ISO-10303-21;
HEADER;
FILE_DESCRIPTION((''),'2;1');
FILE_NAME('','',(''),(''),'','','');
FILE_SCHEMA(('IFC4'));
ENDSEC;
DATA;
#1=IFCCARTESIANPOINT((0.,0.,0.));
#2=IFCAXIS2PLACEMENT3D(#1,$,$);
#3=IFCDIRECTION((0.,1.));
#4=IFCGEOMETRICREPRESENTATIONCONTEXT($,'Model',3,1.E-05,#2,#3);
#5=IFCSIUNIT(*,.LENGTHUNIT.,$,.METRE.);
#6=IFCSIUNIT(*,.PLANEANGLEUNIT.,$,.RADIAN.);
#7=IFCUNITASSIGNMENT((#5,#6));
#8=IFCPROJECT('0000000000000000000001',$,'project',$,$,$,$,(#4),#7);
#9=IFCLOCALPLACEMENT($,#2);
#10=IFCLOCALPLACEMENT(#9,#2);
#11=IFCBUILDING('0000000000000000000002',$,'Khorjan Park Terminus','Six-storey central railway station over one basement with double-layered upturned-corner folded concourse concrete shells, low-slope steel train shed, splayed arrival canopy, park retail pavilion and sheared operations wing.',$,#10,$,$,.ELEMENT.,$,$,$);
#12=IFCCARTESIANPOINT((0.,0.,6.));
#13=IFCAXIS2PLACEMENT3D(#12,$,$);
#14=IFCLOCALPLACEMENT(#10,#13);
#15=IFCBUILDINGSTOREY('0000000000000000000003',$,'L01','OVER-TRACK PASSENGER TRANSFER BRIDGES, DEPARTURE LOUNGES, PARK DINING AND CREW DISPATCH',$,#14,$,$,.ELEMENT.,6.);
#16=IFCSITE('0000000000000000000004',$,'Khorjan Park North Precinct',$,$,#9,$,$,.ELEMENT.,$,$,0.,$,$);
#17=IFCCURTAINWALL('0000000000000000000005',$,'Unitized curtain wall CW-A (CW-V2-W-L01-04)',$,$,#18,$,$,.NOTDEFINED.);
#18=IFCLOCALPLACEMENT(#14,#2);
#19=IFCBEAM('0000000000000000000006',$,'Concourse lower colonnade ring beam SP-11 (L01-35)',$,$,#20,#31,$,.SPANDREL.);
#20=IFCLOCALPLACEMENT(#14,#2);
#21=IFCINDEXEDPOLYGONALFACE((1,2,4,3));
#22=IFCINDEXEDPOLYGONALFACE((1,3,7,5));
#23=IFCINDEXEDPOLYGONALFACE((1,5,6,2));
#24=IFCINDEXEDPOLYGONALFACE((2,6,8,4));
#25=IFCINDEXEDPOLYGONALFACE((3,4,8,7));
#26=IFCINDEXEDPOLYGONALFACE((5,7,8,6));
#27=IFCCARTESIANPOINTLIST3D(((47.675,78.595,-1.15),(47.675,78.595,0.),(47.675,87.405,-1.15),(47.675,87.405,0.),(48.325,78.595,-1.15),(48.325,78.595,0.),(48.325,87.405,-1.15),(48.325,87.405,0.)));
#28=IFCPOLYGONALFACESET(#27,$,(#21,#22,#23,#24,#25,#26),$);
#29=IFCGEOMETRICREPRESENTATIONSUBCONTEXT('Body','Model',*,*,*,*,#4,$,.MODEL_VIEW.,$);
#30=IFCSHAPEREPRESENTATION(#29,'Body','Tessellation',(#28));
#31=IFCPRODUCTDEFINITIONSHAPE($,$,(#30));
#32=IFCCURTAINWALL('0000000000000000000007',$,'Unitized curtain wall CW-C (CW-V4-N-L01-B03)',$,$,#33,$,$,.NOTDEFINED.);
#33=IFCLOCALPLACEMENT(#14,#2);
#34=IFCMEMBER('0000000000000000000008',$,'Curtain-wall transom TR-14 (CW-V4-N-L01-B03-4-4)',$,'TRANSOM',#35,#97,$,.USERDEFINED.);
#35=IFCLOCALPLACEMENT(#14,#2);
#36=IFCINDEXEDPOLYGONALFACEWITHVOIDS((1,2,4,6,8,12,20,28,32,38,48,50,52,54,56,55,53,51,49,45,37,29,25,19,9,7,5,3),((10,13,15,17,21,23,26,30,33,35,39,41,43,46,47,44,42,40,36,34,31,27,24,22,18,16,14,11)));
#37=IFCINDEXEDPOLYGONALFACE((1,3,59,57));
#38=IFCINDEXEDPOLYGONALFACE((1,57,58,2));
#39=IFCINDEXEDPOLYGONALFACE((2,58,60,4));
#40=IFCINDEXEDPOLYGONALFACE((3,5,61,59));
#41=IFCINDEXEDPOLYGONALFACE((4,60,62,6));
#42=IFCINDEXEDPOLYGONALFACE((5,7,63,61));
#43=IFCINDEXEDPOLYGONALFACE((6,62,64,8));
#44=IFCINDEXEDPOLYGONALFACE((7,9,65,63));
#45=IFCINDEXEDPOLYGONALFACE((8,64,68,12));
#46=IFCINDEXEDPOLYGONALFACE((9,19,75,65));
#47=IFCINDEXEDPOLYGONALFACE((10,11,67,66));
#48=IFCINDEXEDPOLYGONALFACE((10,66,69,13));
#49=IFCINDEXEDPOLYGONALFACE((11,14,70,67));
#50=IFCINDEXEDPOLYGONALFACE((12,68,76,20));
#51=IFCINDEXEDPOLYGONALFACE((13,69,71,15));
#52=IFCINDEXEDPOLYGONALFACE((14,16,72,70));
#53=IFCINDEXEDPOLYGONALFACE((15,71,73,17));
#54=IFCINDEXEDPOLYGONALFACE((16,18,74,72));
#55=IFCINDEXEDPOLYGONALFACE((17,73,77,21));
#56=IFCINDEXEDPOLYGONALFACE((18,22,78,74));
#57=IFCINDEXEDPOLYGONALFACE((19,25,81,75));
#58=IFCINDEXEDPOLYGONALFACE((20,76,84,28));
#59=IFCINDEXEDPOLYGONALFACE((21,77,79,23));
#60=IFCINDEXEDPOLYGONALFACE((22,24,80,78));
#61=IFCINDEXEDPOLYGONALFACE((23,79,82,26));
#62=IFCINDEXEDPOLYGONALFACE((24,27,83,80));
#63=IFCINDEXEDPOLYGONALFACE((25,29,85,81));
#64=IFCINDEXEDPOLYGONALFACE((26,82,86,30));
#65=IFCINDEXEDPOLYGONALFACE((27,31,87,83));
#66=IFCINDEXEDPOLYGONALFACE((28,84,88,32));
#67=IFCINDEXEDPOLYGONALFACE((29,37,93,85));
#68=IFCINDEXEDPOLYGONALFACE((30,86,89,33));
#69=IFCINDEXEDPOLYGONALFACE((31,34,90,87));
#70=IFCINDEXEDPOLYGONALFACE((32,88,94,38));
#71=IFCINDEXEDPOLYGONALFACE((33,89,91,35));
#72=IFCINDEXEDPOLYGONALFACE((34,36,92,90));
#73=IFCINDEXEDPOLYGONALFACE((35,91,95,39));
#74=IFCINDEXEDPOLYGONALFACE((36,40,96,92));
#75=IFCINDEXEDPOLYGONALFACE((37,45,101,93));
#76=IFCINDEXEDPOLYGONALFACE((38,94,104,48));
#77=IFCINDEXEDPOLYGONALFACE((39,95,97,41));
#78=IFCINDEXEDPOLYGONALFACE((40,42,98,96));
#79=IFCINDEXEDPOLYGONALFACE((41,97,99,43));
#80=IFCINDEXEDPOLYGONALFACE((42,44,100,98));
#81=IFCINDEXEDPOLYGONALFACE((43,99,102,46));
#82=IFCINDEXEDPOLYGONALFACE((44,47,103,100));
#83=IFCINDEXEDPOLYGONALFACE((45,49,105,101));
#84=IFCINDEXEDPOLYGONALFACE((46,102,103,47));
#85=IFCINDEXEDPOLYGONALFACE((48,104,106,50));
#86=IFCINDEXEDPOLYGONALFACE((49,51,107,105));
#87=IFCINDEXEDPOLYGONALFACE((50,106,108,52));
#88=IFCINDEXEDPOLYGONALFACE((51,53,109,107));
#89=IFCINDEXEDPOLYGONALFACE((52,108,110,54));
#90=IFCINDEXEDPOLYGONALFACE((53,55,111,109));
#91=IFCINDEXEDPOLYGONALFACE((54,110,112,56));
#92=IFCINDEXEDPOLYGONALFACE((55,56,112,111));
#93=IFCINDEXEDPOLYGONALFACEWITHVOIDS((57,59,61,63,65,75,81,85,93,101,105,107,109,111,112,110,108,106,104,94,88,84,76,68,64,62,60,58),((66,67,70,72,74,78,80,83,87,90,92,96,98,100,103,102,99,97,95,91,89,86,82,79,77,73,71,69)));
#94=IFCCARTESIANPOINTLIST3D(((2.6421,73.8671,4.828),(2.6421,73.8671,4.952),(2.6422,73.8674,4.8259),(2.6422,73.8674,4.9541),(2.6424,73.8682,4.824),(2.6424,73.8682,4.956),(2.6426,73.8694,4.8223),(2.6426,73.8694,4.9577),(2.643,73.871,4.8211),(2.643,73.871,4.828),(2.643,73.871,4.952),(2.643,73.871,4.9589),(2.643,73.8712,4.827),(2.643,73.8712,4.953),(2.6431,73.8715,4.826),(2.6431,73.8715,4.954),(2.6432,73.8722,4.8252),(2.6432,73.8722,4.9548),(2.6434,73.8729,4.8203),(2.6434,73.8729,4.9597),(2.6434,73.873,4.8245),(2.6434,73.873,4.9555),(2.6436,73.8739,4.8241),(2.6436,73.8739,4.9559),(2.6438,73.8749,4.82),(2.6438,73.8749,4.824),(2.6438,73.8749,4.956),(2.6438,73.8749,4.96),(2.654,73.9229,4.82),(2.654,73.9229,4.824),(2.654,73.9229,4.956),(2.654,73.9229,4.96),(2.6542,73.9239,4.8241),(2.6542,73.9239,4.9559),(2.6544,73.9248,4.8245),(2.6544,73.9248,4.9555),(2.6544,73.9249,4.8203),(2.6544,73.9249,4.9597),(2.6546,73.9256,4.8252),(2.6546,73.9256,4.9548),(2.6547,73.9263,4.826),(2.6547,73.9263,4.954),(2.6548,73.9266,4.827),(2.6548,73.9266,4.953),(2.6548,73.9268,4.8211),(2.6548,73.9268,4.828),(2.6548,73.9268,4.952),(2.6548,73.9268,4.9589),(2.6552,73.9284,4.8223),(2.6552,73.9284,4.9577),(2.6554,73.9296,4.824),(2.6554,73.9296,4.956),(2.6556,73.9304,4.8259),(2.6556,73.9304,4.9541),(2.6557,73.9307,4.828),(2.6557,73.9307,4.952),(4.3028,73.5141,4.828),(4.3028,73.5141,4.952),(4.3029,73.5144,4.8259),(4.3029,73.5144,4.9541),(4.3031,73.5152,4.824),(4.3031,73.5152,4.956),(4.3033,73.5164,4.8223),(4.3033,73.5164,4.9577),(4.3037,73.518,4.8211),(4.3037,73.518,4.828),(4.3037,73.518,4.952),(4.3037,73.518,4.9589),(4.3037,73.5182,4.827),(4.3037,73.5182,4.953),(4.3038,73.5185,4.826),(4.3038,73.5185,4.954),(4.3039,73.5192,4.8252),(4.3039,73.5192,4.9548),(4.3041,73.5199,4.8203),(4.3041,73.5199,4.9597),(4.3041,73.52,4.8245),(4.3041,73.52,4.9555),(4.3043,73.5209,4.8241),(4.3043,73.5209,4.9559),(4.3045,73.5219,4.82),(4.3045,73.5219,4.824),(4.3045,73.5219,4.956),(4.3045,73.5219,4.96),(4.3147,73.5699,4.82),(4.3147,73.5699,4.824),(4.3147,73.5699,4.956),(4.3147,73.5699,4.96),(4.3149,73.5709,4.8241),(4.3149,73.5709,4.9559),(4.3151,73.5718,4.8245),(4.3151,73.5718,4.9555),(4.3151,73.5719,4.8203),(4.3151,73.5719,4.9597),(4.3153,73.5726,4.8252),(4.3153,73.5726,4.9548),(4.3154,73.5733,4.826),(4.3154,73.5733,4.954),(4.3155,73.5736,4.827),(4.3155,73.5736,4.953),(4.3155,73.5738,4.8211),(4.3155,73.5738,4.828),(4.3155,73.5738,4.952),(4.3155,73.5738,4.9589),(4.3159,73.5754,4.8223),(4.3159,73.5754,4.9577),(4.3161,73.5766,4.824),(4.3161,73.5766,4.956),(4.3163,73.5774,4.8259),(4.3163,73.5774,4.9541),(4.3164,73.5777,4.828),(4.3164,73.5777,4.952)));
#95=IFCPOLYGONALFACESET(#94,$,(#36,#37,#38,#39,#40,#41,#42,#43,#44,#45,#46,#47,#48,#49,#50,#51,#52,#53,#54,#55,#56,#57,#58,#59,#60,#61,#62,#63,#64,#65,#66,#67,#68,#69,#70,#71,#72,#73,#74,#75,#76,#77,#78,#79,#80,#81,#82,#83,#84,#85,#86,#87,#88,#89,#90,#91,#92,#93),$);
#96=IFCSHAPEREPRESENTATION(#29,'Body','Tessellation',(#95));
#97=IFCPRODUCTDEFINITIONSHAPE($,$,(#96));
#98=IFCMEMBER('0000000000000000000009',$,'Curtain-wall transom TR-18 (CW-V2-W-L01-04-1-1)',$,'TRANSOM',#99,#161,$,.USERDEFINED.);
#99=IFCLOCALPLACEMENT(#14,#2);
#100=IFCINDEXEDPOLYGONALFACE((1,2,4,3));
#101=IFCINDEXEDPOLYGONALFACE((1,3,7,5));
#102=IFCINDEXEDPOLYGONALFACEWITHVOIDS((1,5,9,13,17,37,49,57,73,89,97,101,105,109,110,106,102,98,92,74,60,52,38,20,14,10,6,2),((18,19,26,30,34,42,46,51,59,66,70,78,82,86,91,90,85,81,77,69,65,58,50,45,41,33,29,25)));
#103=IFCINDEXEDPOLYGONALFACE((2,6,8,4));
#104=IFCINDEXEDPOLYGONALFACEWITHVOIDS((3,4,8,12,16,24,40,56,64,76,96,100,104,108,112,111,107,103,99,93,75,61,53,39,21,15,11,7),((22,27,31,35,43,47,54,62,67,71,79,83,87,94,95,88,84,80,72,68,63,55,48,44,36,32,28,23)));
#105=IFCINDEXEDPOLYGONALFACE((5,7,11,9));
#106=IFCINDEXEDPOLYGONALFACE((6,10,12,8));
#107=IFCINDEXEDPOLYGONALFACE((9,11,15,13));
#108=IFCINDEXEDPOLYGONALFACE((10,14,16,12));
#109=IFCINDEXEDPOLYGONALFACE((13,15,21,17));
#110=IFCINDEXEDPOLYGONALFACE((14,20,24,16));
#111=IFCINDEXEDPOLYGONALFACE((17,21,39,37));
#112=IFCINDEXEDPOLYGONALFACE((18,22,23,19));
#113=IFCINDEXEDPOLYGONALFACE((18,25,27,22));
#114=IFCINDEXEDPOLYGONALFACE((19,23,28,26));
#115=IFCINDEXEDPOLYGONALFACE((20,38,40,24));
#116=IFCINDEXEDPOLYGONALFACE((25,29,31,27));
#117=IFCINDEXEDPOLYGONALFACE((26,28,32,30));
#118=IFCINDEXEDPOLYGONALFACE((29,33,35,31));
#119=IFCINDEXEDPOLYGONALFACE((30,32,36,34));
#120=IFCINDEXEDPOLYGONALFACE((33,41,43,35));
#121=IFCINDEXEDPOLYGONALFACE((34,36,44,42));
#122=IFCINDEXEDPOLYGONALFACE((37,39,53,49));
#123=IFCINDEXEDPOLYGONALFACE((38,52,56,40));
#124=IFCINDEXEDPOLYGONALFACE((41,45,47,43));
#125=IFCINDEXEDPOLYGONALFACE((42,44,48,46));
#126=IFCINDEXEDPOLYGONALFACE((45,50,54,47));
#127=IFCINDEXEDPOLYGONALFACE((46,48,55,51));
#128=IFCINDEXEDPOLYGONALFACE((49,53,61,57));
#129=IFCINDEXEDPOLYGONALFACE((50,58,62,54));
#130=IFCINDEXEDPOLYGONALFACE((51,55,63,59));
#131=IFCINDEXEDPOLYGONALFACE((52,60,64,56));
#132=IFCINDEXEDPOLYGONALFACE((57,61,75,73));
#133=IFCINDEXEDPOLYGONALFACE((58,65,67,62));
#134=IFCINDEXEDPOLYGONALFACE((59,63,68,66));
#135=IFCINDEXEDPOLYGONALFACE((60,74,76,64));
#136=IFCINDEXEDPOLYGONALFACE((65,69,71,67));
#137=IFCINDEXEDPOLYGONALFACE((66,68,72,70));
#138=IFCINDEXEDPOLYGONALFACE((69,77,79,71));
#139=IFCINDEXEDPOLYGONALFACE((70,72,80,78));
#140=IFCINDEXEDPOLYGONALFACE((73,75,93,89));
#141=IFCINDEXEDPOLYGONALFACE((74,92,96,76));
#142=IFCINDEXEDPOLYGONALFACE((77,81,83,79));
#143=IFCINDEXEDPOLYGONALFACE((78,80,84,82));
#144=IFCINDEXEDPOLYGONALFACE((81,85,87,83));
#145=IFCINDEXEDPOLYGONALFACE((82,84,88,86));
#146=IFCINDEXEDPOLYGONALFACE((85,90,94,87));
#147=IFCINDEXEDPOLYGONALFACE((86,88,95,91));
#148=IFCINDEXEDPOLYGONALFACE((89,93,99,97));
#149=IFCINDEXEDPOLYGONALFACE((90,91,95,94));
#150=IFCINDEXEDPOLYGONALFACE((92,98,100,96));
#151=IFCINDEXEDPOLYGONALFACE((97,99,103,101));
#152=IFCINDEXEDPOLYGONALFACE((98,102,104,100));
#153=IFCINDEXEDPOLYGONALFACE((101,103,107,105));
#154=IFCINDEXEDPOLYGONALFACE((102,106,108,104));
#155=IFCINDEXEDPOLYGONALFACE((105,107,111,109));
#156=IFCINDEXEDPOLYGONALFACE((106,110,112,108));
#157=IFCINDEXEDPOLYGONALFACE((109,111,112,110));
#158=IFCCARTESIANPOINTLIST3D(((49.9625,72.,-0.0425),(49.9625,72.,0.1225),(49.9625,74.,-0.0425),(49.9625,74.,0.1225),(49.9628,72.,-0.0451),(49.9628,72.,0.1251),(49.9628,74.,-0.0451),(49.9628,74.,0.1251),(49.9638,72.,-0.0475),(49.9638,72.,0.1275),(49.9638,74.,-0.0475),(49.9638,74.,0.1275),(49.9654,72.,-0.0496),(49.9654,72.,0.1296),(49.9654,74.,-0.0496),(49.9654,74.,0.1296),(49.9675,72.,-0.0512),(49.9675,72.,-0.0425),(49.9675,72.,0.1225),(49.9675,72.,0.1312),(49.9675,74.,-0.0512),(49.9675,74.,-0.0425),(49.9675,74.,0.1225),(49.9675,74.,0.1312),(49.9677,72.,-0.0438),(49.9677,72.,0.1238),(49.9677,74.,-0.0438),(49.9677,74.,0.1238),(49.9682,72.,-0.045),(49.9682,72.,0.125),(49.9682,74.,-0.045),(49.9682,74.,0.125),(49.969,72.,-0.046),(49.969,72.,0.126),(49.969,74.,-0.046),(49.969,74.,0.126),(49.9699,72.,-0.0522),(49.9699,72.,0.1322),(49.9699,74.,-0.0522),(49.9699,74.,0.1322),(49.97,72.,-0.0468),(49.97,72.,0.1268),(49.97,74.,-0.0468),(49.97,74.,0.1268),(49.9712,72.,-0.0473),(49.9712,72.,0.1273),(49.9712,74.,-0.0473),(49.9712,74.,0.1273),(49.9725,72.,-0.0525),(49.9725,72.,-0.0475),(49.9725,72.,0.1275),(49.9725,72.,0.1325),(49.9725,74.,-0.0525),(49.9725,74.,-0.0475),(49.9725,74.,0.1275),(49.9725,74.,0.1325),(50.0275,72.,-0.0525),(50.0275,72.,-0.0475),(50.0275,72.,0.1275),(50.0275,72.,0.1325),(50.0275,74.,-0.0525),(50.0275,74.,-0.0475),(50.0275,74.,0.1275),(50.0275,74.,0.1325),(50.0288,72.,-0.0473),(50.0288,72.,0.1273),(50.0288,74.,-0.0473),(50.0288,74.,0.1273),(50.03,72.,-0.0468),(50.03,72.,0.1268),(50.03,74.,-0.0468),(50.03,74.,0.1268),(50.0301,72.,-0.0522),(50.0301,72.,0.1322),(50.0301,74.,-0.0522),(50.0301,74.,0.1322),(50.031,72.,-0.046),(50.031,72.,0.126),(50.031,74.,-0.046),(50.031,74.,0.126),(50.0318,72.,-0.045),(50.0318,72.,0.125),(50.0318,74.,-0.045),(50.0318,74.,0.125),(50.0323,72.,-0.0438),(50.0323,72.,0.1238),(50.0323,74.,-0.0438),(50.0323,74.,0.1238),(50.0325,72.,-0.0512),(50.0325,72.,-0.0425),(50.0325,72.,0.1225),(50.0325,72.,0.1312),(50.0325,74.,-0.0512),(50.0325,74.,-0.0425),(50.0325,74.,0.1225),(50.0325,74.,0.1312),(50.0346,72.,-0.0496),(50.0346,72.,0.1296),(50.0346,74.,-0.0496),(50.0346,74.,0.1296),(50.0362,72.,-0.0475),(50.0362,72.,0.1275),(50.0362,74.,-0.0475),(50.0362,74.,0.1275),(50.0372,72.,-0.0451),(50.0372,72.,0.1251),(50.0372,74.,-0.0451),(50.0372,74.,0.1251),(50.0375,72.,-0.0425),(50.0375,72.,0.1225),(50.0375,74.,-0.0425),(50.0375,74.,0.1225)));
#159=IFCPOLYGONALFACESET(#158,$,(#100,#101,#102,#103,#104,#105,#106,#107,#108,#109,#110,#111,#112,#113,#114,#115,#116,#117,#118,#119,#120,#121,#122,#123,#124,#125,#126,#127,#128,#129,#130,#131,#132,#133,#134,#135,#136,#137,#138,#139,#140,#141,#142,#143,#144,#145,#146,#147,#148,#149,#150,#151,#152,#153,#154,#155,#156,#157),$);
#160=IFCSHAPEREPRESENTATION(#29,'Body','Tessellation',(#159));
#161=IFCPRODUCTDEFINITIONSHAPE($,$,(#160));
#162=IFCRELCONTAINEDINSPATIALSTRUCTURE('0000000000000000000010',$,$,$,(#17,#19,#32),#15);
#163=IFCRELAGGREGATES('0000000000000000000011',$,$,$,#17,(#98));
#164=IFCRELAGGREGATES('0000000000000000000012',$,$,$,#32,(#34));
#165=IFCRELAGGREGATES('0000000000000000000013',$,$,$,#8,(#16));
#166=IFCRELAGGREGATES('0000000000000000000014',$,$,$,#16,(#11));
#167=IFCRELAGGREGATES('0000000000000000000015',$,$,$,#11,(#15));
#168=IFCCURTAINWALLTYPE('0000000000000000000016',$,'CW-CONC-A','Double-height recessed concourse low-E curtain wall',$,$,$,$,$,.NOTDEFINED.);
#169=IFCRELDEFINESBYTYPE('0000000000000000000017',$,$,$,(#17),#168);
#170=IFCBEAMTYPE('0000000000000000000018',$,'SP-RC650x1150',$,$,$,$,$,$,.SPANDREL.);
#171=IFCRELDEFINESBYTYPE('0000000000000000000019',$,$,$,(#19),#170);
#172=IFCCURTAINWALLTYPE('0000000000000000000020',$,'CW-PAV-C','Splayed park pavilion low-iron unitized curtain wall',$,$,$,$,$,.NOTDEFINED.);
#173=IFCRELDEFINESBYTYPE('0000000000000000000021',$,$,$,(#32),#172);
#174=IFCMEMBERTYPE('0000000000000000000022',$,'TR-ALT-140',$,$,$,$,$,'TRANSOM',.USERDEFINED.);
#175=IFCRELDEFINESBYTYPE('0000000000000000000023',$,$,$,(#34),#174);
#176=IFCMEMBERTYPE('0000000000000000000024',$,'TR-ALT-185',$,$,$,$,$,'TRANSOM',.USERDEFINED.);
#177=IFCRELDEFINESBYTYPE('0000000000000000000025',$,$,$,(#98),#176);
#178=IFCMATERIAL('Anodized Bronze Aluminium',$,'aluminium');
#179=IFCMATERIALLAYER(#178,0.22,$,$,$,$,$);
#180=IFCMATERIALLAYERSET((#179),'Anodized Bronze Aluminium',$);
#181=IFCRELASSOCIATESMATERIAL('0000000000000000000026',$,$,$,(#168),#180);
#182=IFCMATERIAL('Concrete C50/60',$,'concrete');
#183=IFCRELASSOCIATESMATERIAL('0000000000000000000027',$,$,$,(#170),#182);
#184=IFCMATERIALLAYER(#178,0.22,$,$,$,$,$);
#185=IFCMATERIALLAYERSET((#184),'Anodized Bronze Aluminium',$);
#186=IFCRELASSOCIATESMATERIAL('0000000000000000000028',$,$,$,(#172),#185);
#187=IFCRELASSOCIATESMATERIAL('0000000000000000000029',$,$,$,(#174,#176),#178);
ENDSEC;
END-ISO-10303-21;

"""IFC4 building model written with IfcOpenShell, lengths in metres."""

from ifc_helpers import new_model, si_unit, direction, frame, origin, origin_2d, place, context, subcontext, project, spatial, rectangle, hollow_rectangle, extrude, material, layer, layer_set, material_profile, profile_set, type_object, element, aggregate, save


model = new_model("IFC4")

# Units and contexts
model_context = context("Model", 3, precision=1e-05, world=origin(), true_north=direction((0.0, 1.0)))
body_context = subcontext(model_context, "Body", "Model", "MODEL_VIEW")
ifc_project = project(units=[si_unit("LENGTHUNIT", "METRE"), si_unit("PLANEANGLEUNIT", "RADIAN")], contexts=[model_context])

# Site, building, storey
site_placement = place(None, origin())
site = spatial("IfcSite", under=ifc_project, at=site_placement, Name="Khorjan Park North Precinct", CompositionType="ELEMENT", RefElevation=0.0)
building_placement = place(site_placement, origin())
building = spatial("IfcBuilding", under=site, at=building_placement, Name="Khorjan Park Terminus", Description="Six-storey central railway station over one basement with double-layered upturned-corner folded concourse concrete shells, low-slope steel train shed, splayed arrival canopy, park retail pavilion and sheared operations wing.", CompositionType="ELEMENT")
storey_placement = place(building_placement, frame((0.0, 0.0, 6.0)))
storey = spatial("IfcBuildingStorey", under=building, at=storey_placement, Name="L01", Description="OVER-TRACK PASSENGER TRANSFER BRIDGES, DEPARTURE LOUNGES, PARK DINING AND CREW DISPATCH", CompositionType="ELEMENT", Elevation=6.0)

# Shared definitions
ifc_material_1 = material(Name="Concrete C50/60", Category="concrete")

# Curtain wall
ifc_material_2 = material(Name="Anodized Bronze Aluminium", Category="aluminium")
ifc_layer_1 = layer(ifc_material_2, 0.22)
ifc_layer_set_1 = layer_set([ifc_layer_1], Name="Anodized Bronze Aluminium")
curtain_wall_type_1 = type_object("IfcCurtainWallType", Name="CW-CONC-A", Description="Double-height recessed concourse low-E curtain wall", PredefinedType="NOTDEFINED", material=ifc_layer_set_1)
curtain_wall_1_placement = place(storey_placement, origin())
curtain_wall_1 = element("IfcCurtainWall", 1, at=curtain_wall_1_placement, inside=storey, type_object=curtain_wall_type_1, Name="Unitized curtain wall CW-A (CW-V2-W-L01-04)", PredefinedType="NOTDEFINED")

# Beam
ifc_material_profile_1 = material_profile(ifc_material_1, rectangle(XDim=0.65, YDim=1.15, at=origin_2d()), Name="RC 650x1150")
ifc_profile_set_1 = profile_set([ifc_material_profile_1], Name="Concrete C50/60")
beam_type_1 = type_object("IfcBeamType", Name="SP-RC650x1150", PredefinedType="SPANDREL", material=ifc_profile_set_1)
beam_1_placement = place(storey_placement, frame((48.0, 78.595, -0.575), z_axis=(0.0, 1.0, 0.0), x_axis=(-1.0, 0.0, 0.0)))
element("IfcBeam", 2, at=beam_1_placement, inside=storey, type_object=beam_type_1, Name="Concourse lower colonnade ring beam SP-11 (L01-35)", PredefinedType="SPANDREL", context=body_context, shape_type="SweptSolid", body=[
    extrude(rectangle(XDim=0.65, YDim=1.15, at=origin_2d()), origin(), (0.0, 0.0, 1.0), 8.81),
])

# Curtain wall, member
ifc_layer_2 = layer(ifc_material_2, 0.22)
ifc_layer_set_2 = layer_set([ifc_layer_2], Name="Anodized Bronze Aluminium")
curtain_wall_type_2 = type_object("IfcCurtainWallType", Name="CW-PAV-C", Description="Splayed park pavilion low-iron unitized curtain wall", PredefinedType="NOTDEFINED", material=ifc_layer_set_2)
curtain_wall_2_placement = place(storey_placement, origin())
curtain_wall_2 = element("IfcCurtainWall", 3, at=curtain_wall_2_placement, inside=storey, type_object=curtain_wall_type_2, Name="Unitized curtain wall CW-C (CW-V4-N-L01-B03)", PredefinedType="NOTDEFINED")
ifc_material_profile_2 = material_profile(ifc_material_2, hollow_rectangle(XDim=0.065, YDim=0.14, WallThickness=0.004, InnerFilletRadius=0.004, OuterFilletRadius=0.008, at=origin_2d()), Name="ALT 65x140x4")
ifc_profile_set_2 = profile_set([ifc_material_profile_2], Name="Anodized Bronze Aluminium")
member_type_1 = type_object("IfcMemberType", Name="TR-ALT-140", ElementType="TRANSOM", PredefinedType="USERDEFINED", material=ifc_profile_set_2)
member_1_placement = place(storey_placement, frame((4.3096, 73.5459, 4.89), z_axis=(-0.978147, 0.207916, 0.0), x_axis=(-0.207916, -0.978147, 0.0)))
member_1 = element("IfcMember", 4, at=member_1_placement, type_object=member_type_1, Name="Curtain-wall transom TR-14 (CW-V4-N-L01-B03-4-4)", ObjectType="TRANSOM", PredefinedType="USERDEFINED", context=body_context, shape_type="SweptSolid", body=[
    extrude(hollow_rectangle(XDim=0.065, YDim=0.14, WallThickness=0.004, InnerFilletRadius=0.004, OuterFilletRadius=0.008, at=origin_2d()), origin(), (0.0, 0.0, 1.0), 1.6978),
])

# Member
ifc_material_profile_3 = material_profile(ifc_material_2, hollow_rectangle(XDim=0.075, YDim=0.185, WallThickness=0.005, InnerFilletRadius=0.005, OuterFilletRadius=0.01, at=origin_2d()), Name="ALT 75x185x5")
ifc_profile_set_3 = profile_set([ifc_material_profile_3], Name="Anodized Bronze Aluminium")
member_type_2 = type_object("IfcMemberType", Name="TR-ALT-185", ElementType="TRANSOM", PredefinedType="USERDEFINED", material=ifc_profile_set_3)
member_2_placement = place(storey_placement, frame((50.0, 74.0, 0.04), z_axis=(0.0, -1.0, 0.0), x_axis=(1.0, 0.0, 0.0)))
member_2 = element("IfcMember", 5, at=member_2_placement, type_object=member_type_2, Name="Curtain-wall transom TR-18 (CW-V2-W-L01-04-1-1)", ObjectType="TRANSOM", PredefinedType="USERDEFINED", context=body_context, shape_type="SweptSolid", body=[
    extrude(hollow_rectangle(XDim=0.075, YDim=0.185, WallThickness=0.005, InnerFilletRadius=0.005, OuterFilletRadius=0.01, at=origin_2d()), origin(), (0.0, 0.0, 1.0), 2.0),
])
aggregate(curtain_wall_1, [member_2])

aggregate(curtain_wall_2, [member_1])

save(model, "model.ifc")
